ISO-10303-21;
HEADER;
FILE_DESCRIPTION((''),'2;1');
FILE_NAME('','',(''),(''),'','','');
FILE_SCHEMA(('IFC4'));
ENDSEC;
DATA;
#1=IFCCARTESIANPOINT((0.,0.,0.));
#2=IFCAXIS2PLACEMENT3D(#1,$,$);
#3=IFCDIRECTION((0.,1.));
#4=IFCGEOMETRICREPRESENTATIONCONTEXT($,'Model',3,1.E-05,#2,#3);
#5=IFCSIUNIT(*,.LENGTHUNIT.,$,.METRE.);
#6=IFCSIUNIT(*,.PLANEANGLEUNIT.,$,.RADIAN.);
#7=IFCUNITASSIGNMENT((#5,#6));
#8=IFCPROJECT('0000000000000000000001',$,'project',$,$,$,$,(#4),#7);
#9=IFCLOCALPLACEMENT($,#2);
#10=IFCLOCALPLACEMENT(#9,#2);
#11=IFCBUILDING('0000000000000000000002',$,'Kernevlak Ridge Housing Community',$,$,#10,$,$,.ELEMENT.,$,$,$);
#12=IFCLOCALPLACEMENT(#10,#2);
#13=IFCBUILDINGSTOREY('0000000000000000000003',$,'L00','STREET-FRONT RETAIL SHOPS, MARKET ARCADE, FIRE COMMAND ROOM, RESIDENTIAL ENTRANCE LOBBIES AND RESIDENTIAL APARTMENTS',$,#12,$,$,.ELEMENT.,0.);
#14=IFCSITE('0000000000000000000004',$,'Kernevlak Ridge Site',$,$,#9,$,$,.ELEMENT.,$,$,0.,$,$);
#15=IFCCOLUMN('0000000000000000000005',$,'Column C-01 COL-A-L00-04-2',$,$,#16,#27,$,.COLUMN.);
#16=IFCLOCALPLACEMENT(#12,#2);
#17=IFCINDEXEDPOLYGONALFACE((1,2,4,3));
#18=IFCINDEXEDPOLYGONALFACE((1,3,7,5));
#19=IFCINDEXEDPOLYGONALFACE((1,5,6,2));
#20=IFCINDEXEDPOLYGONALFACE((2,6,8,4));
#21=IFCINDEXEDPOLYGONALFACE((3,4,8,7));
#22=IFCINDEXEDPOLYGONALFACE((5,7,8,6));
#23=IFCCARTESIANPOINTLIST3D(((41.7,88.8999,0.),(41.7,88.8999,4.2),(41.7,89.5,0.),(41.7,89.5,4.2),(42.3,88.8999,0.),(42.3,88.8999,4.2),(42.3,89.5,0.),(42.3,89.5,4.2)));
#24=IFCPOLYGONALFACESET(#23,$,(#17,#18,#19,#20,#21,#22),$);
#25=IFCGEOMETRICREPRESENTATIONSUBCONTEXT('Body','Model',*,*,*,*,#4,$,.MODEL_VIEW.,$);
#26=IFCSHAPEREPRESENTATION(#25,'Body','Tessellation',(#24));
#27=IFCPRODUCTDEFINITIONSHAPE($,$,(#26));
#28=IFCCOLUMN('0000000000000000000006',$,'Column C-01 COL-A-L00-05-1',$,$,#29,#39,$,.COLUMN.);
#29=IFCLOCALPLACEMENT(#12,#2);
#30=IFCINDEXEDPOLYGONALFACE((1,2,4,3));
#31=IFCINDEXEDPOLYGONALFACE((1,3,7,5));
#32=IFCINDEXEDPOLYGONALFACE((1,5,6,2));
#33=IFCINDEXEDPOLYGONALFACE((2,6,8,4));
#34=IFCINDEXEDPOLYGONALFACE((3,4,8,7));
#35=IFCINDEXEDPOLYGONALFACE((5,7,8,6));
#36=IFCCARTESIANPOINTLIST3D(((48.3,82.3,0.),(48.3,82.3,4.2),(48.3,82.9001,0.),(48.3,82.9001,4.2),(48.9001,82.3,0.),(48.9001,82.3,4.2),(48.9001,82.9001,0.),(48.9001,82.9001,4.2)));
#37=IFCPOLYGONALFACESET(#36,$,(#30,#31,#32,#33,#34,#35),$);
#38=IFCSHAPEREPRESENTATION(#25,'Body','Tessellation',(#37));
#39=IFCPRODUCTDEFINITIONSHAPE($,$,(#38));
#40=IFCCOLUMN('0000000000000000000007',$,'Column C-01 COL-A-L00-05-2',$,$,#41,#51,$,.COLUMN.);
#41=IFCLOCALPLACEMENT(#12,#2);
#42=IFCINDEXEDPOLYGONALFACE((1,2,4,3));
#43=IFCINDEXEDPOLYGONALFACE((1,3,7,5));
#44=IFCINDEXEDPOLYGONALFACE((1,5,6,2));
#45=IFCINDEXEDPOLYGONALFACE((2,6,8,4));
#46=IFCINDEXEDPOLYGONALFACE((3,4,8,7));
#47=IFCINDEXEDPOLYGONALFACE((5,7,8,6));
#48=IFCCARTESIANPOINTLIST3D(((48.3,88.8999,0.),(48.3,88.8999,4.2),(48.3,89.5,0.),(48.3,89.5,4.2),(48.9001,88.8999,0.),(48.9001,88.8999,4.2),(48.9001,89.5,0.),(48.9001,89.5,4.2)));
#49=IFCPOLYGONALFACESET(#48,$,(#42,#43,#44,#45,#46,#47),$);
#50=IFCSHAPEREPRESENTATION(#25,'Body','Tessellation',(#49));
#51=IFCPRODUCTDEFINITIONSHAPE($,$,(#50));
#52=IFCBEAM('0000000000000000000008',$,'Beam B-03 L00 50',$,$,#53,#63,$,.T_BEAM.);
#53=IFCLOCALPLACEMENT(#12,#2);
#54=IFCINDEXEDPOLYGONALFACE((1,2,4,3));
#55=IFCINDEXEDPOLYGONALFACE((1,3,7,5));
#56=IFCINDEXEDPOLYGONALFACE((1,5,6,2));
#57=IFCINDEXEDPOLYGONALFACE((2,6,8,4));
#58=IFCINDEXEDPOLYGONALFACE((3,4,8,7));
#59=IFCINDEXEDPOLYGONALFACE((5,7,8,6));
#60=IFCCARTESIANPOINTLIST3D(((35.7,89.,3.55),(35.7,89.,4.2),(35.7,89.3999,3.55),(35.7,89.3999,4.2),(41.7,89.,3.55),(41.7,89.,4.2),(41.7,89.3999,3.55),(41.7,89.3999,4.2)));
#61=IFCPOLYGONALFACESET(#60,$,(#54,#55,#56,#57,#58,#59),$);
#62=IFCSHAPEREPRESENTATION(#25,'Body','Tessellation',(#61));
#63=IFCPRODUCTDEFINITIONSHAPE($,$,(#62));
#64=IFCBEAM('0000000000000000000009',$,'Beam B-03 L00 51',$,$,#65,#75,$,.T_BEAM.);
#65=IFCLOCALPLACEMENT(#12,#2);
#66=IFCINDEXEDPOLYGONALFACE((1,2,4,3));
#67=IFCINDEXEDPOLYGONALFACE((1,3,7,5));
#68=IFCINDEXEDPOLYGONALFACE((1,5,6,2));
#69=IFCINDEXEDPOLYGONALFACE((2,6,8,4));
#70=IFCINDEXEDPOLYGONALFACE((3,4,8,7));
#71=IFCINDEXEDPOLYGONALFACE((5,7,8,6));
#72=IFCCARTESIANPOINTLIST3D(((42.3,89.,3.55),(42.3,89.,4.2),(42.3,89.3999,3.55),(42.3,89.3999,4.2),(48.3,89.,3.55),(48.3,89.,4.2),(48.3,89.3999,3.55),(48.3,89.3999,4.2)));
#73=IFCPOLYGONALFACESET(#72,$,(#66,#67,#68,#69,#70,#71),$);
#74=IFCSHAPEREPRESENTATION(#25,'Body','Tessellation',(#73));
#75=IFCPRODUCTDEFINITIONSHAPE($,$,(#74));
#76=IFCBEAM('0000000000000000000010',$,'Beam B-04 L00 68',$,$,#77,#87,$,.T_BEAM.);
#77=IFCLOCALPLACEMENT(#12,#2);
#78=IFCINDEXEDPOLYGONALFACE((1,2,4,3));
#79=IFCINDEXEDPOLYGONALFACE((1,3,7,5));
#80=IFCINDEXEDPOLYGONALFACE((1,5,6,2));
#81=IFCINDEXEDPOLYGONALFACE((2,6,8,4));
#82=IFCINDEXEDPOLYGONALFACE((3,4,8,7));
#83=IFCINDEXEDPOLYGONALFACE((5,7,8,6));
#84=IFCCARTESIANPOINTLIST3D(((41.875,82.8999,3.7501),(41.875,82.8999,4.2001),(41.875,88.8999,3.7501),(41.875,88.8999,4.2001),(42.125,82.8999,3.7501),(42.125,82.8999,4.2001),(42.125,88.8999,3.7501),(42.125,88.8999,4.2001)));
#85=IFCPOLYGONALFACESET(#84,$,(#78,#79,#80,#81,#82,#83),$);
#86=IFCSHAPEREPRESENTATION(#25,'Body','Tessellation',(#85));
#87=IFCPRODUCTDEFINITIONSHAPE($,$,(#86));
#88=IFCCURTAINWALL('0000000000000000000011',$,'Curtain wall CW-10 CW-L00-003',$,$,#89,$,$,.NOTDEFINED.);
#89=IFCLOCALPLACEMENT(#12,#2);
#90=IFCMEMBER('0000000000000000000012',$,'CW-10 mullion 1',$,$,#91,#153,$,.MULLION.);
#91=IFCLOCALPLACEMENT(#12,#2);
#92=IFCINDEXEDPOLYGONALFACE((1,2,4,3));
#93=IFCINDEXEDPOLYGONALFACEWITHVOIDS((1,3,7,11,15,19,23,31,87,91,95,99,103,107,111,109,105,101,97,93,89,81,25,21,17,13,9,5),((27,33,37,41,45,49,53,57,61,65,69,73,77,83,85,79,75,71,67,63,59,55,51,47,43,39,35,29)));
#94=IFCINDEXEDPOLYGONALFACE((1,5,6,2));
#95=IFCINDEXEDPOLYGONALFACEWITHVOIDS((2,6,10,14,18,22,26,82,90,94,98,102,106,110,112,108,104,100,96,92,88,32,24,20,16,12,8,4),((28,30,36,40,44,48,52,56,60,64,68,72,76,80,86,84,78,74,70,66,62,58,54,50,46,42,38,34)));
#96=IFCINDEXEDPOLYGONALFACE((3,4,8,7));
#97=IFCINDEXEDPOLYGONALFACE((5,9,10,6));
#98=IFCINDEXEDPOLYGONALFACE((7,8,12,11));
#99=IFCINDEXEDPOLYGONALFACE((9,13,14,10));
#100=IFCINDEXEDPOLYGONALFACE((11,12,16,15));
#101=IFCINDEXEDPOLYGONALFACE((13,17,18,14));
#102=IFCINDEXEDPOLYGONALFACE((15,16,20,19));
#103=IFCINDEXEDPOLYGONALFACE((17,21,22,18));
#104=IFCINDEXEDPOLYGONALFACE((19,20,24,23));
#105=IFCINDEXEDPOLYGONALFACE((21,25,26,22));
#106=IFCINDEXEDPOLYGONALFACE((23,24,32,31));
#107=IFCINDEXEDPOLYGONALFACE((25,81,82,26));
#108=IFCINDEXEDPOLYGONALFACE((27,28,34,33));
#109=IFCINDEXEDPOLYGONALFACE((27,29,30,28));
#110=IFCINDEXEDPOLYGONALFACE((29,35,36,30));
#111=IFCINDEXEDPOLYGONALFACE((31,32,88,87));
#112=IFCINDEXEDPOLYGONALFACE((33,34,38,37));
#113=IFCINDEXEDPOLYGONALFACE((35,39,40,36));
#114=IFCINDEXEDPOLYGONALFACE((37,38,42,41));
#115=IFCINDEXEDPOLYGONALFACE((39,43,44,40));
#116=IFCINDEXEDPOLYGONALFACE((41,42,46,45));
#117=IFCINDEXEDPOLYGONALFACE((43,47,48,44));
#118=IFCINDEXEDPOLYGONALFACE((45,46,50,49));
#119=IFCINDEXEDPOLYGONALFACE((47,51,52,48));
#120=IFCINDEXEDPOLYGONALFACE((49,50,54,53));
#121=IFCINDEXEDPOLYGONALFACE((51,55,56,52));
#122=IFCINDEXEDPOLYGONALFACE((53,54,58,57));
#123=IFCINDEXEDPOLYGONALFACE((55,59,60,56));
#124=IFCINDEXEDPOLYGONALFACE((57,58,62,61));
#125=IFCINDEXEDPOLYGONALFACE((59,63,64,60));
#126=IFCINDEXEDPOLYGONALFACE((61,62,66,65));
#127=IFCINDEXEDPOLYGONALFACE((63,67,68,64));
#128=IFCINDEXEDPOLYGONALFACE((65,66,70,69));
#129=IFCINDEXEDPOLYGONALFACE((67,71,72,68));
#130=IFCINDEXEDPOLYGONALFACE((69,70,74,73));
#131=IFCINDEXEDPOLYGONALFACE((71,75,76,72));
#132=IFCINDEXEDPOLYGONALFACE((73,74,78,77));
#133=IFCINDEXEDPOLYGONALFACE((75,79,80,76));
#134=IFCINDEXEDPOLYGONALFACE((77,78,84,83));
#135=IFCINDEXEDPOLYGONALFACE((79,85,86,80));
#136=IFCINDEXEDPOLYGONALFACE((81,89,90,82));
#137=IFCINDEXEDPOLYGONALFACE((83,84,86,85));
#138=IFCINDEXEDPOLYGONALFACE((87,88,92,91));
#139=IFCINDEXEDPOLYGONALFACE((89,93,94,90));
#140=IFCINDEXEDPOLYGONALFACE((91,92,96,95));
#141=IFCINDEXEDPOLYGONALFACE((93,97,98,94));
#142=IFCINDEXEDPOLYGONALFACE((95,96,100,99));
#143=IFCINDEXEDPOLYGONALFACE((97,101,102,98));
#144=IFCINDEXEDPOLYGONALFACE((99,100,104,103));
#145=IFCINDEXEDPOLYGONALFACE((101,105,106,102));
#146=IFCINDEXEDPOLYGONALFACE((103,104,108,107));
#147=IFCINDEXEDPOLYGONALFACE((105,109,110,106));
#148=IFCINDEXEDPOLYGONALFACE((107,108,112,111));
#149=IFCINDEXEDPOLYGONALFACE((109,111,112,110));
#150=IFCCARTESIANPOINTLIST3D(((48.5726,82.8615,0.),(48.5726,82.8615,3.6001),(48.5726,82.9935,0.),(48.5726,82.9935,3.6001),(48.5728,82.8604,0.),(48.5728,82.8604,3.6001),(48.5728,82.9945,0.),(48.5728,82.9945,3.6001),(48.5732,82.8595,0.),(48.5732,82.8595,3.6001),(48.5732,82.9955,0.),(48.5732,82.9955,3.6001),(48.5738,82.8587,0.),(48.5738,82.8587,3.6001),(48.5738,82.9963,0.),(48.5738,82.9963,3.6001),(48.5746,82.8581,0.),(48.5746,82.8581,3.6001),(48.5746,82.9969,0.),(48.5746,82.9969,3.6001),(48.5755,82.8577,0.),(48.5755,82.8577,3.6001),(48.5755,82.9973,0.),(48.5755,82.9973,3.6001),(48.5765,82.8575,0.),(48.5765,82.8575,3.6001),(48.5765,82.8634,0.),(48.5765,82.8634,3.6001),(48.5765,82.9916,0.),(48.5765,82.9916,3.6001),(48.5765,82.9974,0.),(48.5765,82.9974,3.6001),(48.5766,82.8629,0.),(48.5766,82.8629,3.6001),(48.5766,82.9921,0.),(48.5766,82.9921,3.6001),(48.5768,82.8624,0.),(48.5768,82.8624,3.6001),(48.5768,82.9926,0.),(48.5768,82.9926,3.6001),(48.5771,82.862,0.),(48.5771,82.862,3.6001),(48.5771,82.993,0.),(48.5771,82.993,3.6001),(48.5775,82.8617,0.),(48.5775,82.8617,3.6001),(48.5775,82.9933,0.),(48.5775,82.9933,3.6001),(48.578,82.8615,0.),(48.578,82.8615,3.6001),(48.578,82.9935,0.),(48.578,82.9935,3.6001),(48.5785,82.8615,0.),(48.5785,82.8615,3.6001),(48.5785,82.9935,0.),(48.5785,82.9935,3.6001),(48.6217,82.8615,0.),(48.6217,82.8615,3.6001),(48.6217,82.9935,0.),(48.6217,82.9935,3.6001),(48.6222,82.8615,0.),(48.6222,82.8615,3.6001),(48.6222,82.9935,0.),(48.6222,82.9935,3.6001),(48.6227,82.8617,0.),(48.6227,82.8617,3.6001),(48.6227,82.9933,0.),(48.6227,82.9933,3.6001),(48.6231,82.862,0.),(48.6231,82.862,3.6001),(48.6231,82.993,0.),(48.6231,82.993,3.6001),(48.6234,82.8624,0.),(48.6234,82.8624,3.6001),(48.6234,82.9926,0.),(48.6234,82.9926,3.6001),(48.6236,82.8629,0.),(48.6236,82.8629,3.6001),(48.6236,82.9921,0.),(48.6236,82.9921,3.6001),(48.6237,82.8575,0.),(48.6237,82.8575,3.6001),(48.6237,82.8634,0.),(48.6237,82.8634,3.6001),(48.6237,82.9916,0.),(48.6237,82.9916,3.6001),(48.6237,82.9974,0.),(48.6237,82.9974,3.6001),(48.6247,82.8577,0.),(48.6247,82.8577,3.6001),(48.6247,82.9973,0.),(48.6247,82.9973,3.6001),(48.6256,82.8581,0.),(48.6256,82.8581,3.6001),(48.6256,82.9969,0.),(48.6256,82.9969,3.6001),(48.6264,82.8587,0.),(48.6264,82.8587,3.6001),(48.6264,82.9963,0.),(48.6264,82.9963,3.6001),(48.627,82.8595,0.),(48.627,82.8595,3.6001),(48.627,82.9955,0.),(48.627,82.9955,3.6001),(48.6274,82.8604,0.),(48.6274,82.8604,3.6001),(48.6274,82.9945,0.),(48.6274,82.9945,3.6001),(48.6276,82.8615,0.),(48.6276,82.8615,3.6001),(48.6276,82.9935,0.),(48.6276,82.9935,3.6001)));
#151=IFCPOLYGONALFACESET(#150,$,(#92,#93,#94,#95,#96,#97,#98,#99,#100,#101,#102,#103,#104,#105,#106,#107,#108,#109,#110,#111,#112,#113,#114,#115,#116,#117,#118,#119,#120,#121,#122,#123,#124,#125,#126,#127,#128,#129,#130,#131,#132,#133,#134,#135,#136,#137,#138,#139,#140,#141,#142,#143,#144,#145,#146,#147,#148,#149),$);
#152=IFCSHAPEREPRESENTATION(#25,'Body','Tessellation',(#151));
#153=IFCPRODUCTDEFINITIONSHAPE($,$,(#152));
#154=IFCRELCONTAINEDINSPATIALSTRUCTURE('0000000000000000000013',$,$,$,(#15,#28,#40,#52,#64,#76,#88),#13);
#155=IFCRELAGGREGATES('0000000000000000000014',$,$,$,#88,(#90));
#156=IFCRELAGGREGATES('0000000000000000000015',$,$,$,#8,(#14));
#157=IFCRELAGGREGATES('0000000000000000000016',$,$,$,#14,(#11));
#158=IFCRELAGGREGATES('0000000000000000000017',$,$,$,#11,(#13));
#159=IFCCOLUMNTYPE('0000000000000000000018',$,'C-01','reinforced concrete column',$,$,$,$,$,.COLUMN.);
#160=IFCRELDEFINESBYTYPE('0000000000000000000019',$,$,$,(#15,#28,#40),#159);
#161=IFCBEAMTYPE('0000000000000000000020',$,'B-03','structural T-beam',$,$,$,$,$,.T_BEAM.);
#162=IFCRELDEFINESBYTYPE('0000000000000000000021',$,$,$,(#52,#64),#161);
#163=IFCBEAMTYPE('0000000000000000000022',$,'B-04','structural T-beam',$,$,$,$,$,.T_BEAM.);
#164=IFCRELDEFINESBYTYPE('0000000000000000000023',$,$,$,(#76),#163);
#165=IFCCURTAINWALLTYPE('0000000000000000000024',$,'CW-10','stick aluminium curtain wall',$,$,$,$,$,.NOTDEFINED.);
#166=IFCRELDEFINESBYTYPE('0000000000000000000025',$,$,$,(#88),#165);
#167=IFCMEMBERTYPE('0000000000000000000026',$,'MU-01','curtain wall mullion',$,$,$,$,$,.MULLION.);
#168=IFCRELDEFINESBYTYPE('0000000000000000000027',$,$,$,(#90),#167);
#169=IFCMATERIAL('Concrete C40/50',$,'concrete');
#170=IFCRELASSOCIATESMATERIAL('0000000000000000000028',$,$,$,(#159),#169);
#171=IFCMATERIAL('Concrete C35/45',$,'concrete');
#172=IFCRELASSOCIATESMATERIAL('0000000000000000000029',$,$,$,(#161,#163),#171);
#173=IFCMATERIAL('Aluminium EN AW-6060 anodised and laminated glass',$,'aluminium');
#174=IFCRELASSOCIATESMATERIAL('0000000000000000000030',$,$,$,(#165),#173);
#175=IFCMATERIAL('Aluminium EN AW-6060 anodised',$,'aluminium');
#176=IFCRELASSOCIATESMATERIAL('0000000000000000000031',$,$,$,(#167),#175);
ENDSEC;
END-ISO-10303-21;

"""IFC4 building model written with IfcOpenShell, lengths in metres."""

from ifc_helpers import new_model, si_unit, direction, frame, origin, origin_2d, place, context, subcontext, project, spatial, rectangle, hollow_rectangle, extrude, material, material_profile, profile_set, type_object, element, aggregate, save


model = new_model("IFC4")

# Units and contexts
model_context = context("Model", 3, precision=1e-05, world=origin(), true_north=direction((0.0, 1.0)))
body_context = subcontext(model_context, "Body", "Model", "MODEL_VIEW")
ifc_project = project(units=[si_unit("LENGTHUNIT", "METRE"), si_unit("PLANEANGLEUNIT", "RADIAN")], contexts=[model_context])

# Site, building, storey
site_placement = place(None, origin())
site = spatial("IfcSite", under=ifc_project, at=site_placement, Name="Kernevlak Ridge Site", CompositionType="ELEMENT", RefElevation=0.0)
building_placement = place(site_placement, origin())
building = spatial("IfcBuilding", under=site, at=building_placement, Name="Kernevlak Ridge Housing Community", CompositionType="ELEMENT")
storey_placement = place(building_placement, origin())
storey = spatial("IfcBuildingStorey", under=building, at=storey_placement, Name="L00", Description="STREET-FRONT RETAIL SHOPS, MARKET ARCADE, FIRE COMMAND ROOM, RESIDENTIAL ENTRANCE LOBBIES AND RESIDENTIAL APARTMENTS", CompositionType="ELEMENT", Elevation=0.0)

# Columns
ifc_material_1 = material(Name="Concrete C40/50", Category="concrete")
ifc_material_profile_1 = material_profile(ifc_material_1, rectangle(XDim=0.6001, YDim=0.6001, at=origin_2d()), Name="RC 600x600")
ifc_profile_set_1 = profile_set([ifc_material_profile_1], Name="Concrete C40/50")
column_type = type_object("IfcColumnType", Name="C-01", Description="reinforced concrete column", PredefinedType="COLUMN", material=ifc_profile_set_1)
for number, where, z_axis, x_axis, name in (
    (1, (42.0, 89.2, 0.0), (0.0, 0.0, 1.0), (1.0, 0.0, 0.0), "Column C-01 COL-A-L00-04-2"),
    (2, (48.6001, 82.6001, 0.0), (0.0, 0.0, 1.0), (1.0, 0.0, 0.0), "Column C-01 COL-A-L00-05-1"),
    (3, (48.6001, 89.2, 0.0), (0.0, 0.0, 1.0), (1.0, 0.0, 0.0), "Column C-01 COL-A-L00-05-2"),
):
    element("IfcColumn", number, at=place(storey_placement, frame(where, z_axis=z_axis, x_axis=x_axis)), inside=storey, type_object=column_type, Name=name, PredefinedType="COLUMN", context=body_context, shape_type="SweptSolid", body=[
        extrude(rectangle(XDim=0.6001, YDim=0.6001, at=origin_2d()), origin(), (0.0, 0.0, 1.0), 4.2),
    ])

# Beams
ifc_material_2 = material(Name="Concrete C35/45", Category="concrete")
ifc_material_profile_2 = material_profile(ifc_material_2, rectangle(XDim=0.3999, YDim=0.6499, at=origin_2d()), Name="RC 400x650")
ifc_profile_set_2 = profile_set([ifc_material_profile_2], Name="Concrete C35/45")
beam_type_1 = type_object("IfcBeamType", Name="B-03", Description="structural T-beam", PredefinedType="T_BEAM", material=ifc_profile_set_2)
for number, where, z_axis, x_axis, name in (
    (4, (35.7, 89.2, 3.875), (1.0, 0.0, 0.0), (0.0, 1.0, 0.0), "Beam B-03 L00 50"),
    (5, (42.3, 89.2, 3.875), (1.0, 0.0, 0.0), (0.0, 1.0, 0.0), "Beam B-03 L00 51"),
):
    element("IfcBeam", number, at=place(storey_placement, frame(where, z_axis=z_axis, x_axis=x_axis)), inside=storey, type_object=beam_type_1, Name=name, PredefinedType="T_BEAM", context=body_context, shape_type="SweptSolid", body=[
        extrude(rectangle(XDim=0.3999, YDim=0.6499, at=origin_2d()), origin(), (0.0, 0.0, 1.0), 6.0),
    ])
ifc_material_profile_3 = material_profile(ifc_material_2, rectangle(XDim=0.25, YDim=0.45, at=origin_2d()), Name="RC 250x450")
ifc_profile_set_3 = profile_set([ifc_material_profile_3], Name="Concrete C35/45")
beam_type_2 = type_object("IfcBeamType", Name="B-04", Description="structural T-beam", PredefinedType="T_BEAM", material=ifc_profile_set_3)
beam_1_placement = place(storey_placement, frame((42.0, 82.8999, 3.9751), z_axis=(0.0, 1.0, 0.0), x_axis=(-1.0, 0.0, 0.0)))
element("IfcBeam", 6, at=beam_1_placement, inside=storey, type_object=beam_type_2, Name="Beam B-04 L00 68", PredefinedType="T_BEAM", context=body_context, shape_type="SweptSolid", body=[
    extrude(rectangle(XDim=0.25, YDim=0.45, at=origin_2d()), origin(), (0.0, 0.0, 1.0), 6.0),
])

# Curtain wall, member
ifc_material_3 = material(Name="Aluminium EN AW-6060 anodised and laminated glass", Category="aluminium")
curtain_wall_type = type_object("IfcCurtainWallType", Name="CW-10", Description="stick aluminium curtain wall", PredefinedType="NOTDEFINED", material=ifc_material_3)
curtain_wall_placement = place(storey_placement, origin())
curtain_wall = element("IfcCurtainWall", 7, at=curtain_wall_placement, inside=storey, type_object=curtain_wall_type, Name="Curtain wall CW-10 CW-L00-003", PredefinedType="NOTDEFINED")
ifc_material_4 = material(Name="Aluminium EN AW-6060 anodised", Category="aluminium")
ifc_material_profile_4 = material_profile(ifc_material_4, hollow_rectangle(XDim=0.0549, YDim=0.1399, WallThickness=0.0039, InnerFilletRadius=0.002, OuterFilletRadius=0.0039, at=origin_2d()), Name="ALU 55x140x4")
ifc_profile_set_4 = profile_set([ifc_material_profile_4], Name="Aluminium EN AW-6060 anodised")
member_type_1 = type_object("IfcMemberType", Name="MU-01", Description="curtain wall mullion", PredefinedType="MULLION", material=ifc_profile_set_4)
member_1_placement = place(storey_placement, frame((48.6001, 82.9275, 0.0), z_axis=(0.0, 0.0, 1.0), x_axis=(-1.0, 0.0, 0.0)))
member_1 = element("IfcMember", 8, at=member_1_placement, type_object=member_type_1, Name="CW-10 mullion 1", PredefinedType="MULLION", context=body_context, shape_type="SweptSolid", body=[
    extrude(hollow_rectangle(XDim=0.0549, YDim=0.1399, WallThickness=0.0039, InnerFilletRadius=0.002, OuterFilletRadius=0.0039, at=origin_2d()), origin(), (0.0, 0.0, 1.0), 3.6001),
])

aggregate(curtain_wall, [member_1])

save(model, "model.ifc")
